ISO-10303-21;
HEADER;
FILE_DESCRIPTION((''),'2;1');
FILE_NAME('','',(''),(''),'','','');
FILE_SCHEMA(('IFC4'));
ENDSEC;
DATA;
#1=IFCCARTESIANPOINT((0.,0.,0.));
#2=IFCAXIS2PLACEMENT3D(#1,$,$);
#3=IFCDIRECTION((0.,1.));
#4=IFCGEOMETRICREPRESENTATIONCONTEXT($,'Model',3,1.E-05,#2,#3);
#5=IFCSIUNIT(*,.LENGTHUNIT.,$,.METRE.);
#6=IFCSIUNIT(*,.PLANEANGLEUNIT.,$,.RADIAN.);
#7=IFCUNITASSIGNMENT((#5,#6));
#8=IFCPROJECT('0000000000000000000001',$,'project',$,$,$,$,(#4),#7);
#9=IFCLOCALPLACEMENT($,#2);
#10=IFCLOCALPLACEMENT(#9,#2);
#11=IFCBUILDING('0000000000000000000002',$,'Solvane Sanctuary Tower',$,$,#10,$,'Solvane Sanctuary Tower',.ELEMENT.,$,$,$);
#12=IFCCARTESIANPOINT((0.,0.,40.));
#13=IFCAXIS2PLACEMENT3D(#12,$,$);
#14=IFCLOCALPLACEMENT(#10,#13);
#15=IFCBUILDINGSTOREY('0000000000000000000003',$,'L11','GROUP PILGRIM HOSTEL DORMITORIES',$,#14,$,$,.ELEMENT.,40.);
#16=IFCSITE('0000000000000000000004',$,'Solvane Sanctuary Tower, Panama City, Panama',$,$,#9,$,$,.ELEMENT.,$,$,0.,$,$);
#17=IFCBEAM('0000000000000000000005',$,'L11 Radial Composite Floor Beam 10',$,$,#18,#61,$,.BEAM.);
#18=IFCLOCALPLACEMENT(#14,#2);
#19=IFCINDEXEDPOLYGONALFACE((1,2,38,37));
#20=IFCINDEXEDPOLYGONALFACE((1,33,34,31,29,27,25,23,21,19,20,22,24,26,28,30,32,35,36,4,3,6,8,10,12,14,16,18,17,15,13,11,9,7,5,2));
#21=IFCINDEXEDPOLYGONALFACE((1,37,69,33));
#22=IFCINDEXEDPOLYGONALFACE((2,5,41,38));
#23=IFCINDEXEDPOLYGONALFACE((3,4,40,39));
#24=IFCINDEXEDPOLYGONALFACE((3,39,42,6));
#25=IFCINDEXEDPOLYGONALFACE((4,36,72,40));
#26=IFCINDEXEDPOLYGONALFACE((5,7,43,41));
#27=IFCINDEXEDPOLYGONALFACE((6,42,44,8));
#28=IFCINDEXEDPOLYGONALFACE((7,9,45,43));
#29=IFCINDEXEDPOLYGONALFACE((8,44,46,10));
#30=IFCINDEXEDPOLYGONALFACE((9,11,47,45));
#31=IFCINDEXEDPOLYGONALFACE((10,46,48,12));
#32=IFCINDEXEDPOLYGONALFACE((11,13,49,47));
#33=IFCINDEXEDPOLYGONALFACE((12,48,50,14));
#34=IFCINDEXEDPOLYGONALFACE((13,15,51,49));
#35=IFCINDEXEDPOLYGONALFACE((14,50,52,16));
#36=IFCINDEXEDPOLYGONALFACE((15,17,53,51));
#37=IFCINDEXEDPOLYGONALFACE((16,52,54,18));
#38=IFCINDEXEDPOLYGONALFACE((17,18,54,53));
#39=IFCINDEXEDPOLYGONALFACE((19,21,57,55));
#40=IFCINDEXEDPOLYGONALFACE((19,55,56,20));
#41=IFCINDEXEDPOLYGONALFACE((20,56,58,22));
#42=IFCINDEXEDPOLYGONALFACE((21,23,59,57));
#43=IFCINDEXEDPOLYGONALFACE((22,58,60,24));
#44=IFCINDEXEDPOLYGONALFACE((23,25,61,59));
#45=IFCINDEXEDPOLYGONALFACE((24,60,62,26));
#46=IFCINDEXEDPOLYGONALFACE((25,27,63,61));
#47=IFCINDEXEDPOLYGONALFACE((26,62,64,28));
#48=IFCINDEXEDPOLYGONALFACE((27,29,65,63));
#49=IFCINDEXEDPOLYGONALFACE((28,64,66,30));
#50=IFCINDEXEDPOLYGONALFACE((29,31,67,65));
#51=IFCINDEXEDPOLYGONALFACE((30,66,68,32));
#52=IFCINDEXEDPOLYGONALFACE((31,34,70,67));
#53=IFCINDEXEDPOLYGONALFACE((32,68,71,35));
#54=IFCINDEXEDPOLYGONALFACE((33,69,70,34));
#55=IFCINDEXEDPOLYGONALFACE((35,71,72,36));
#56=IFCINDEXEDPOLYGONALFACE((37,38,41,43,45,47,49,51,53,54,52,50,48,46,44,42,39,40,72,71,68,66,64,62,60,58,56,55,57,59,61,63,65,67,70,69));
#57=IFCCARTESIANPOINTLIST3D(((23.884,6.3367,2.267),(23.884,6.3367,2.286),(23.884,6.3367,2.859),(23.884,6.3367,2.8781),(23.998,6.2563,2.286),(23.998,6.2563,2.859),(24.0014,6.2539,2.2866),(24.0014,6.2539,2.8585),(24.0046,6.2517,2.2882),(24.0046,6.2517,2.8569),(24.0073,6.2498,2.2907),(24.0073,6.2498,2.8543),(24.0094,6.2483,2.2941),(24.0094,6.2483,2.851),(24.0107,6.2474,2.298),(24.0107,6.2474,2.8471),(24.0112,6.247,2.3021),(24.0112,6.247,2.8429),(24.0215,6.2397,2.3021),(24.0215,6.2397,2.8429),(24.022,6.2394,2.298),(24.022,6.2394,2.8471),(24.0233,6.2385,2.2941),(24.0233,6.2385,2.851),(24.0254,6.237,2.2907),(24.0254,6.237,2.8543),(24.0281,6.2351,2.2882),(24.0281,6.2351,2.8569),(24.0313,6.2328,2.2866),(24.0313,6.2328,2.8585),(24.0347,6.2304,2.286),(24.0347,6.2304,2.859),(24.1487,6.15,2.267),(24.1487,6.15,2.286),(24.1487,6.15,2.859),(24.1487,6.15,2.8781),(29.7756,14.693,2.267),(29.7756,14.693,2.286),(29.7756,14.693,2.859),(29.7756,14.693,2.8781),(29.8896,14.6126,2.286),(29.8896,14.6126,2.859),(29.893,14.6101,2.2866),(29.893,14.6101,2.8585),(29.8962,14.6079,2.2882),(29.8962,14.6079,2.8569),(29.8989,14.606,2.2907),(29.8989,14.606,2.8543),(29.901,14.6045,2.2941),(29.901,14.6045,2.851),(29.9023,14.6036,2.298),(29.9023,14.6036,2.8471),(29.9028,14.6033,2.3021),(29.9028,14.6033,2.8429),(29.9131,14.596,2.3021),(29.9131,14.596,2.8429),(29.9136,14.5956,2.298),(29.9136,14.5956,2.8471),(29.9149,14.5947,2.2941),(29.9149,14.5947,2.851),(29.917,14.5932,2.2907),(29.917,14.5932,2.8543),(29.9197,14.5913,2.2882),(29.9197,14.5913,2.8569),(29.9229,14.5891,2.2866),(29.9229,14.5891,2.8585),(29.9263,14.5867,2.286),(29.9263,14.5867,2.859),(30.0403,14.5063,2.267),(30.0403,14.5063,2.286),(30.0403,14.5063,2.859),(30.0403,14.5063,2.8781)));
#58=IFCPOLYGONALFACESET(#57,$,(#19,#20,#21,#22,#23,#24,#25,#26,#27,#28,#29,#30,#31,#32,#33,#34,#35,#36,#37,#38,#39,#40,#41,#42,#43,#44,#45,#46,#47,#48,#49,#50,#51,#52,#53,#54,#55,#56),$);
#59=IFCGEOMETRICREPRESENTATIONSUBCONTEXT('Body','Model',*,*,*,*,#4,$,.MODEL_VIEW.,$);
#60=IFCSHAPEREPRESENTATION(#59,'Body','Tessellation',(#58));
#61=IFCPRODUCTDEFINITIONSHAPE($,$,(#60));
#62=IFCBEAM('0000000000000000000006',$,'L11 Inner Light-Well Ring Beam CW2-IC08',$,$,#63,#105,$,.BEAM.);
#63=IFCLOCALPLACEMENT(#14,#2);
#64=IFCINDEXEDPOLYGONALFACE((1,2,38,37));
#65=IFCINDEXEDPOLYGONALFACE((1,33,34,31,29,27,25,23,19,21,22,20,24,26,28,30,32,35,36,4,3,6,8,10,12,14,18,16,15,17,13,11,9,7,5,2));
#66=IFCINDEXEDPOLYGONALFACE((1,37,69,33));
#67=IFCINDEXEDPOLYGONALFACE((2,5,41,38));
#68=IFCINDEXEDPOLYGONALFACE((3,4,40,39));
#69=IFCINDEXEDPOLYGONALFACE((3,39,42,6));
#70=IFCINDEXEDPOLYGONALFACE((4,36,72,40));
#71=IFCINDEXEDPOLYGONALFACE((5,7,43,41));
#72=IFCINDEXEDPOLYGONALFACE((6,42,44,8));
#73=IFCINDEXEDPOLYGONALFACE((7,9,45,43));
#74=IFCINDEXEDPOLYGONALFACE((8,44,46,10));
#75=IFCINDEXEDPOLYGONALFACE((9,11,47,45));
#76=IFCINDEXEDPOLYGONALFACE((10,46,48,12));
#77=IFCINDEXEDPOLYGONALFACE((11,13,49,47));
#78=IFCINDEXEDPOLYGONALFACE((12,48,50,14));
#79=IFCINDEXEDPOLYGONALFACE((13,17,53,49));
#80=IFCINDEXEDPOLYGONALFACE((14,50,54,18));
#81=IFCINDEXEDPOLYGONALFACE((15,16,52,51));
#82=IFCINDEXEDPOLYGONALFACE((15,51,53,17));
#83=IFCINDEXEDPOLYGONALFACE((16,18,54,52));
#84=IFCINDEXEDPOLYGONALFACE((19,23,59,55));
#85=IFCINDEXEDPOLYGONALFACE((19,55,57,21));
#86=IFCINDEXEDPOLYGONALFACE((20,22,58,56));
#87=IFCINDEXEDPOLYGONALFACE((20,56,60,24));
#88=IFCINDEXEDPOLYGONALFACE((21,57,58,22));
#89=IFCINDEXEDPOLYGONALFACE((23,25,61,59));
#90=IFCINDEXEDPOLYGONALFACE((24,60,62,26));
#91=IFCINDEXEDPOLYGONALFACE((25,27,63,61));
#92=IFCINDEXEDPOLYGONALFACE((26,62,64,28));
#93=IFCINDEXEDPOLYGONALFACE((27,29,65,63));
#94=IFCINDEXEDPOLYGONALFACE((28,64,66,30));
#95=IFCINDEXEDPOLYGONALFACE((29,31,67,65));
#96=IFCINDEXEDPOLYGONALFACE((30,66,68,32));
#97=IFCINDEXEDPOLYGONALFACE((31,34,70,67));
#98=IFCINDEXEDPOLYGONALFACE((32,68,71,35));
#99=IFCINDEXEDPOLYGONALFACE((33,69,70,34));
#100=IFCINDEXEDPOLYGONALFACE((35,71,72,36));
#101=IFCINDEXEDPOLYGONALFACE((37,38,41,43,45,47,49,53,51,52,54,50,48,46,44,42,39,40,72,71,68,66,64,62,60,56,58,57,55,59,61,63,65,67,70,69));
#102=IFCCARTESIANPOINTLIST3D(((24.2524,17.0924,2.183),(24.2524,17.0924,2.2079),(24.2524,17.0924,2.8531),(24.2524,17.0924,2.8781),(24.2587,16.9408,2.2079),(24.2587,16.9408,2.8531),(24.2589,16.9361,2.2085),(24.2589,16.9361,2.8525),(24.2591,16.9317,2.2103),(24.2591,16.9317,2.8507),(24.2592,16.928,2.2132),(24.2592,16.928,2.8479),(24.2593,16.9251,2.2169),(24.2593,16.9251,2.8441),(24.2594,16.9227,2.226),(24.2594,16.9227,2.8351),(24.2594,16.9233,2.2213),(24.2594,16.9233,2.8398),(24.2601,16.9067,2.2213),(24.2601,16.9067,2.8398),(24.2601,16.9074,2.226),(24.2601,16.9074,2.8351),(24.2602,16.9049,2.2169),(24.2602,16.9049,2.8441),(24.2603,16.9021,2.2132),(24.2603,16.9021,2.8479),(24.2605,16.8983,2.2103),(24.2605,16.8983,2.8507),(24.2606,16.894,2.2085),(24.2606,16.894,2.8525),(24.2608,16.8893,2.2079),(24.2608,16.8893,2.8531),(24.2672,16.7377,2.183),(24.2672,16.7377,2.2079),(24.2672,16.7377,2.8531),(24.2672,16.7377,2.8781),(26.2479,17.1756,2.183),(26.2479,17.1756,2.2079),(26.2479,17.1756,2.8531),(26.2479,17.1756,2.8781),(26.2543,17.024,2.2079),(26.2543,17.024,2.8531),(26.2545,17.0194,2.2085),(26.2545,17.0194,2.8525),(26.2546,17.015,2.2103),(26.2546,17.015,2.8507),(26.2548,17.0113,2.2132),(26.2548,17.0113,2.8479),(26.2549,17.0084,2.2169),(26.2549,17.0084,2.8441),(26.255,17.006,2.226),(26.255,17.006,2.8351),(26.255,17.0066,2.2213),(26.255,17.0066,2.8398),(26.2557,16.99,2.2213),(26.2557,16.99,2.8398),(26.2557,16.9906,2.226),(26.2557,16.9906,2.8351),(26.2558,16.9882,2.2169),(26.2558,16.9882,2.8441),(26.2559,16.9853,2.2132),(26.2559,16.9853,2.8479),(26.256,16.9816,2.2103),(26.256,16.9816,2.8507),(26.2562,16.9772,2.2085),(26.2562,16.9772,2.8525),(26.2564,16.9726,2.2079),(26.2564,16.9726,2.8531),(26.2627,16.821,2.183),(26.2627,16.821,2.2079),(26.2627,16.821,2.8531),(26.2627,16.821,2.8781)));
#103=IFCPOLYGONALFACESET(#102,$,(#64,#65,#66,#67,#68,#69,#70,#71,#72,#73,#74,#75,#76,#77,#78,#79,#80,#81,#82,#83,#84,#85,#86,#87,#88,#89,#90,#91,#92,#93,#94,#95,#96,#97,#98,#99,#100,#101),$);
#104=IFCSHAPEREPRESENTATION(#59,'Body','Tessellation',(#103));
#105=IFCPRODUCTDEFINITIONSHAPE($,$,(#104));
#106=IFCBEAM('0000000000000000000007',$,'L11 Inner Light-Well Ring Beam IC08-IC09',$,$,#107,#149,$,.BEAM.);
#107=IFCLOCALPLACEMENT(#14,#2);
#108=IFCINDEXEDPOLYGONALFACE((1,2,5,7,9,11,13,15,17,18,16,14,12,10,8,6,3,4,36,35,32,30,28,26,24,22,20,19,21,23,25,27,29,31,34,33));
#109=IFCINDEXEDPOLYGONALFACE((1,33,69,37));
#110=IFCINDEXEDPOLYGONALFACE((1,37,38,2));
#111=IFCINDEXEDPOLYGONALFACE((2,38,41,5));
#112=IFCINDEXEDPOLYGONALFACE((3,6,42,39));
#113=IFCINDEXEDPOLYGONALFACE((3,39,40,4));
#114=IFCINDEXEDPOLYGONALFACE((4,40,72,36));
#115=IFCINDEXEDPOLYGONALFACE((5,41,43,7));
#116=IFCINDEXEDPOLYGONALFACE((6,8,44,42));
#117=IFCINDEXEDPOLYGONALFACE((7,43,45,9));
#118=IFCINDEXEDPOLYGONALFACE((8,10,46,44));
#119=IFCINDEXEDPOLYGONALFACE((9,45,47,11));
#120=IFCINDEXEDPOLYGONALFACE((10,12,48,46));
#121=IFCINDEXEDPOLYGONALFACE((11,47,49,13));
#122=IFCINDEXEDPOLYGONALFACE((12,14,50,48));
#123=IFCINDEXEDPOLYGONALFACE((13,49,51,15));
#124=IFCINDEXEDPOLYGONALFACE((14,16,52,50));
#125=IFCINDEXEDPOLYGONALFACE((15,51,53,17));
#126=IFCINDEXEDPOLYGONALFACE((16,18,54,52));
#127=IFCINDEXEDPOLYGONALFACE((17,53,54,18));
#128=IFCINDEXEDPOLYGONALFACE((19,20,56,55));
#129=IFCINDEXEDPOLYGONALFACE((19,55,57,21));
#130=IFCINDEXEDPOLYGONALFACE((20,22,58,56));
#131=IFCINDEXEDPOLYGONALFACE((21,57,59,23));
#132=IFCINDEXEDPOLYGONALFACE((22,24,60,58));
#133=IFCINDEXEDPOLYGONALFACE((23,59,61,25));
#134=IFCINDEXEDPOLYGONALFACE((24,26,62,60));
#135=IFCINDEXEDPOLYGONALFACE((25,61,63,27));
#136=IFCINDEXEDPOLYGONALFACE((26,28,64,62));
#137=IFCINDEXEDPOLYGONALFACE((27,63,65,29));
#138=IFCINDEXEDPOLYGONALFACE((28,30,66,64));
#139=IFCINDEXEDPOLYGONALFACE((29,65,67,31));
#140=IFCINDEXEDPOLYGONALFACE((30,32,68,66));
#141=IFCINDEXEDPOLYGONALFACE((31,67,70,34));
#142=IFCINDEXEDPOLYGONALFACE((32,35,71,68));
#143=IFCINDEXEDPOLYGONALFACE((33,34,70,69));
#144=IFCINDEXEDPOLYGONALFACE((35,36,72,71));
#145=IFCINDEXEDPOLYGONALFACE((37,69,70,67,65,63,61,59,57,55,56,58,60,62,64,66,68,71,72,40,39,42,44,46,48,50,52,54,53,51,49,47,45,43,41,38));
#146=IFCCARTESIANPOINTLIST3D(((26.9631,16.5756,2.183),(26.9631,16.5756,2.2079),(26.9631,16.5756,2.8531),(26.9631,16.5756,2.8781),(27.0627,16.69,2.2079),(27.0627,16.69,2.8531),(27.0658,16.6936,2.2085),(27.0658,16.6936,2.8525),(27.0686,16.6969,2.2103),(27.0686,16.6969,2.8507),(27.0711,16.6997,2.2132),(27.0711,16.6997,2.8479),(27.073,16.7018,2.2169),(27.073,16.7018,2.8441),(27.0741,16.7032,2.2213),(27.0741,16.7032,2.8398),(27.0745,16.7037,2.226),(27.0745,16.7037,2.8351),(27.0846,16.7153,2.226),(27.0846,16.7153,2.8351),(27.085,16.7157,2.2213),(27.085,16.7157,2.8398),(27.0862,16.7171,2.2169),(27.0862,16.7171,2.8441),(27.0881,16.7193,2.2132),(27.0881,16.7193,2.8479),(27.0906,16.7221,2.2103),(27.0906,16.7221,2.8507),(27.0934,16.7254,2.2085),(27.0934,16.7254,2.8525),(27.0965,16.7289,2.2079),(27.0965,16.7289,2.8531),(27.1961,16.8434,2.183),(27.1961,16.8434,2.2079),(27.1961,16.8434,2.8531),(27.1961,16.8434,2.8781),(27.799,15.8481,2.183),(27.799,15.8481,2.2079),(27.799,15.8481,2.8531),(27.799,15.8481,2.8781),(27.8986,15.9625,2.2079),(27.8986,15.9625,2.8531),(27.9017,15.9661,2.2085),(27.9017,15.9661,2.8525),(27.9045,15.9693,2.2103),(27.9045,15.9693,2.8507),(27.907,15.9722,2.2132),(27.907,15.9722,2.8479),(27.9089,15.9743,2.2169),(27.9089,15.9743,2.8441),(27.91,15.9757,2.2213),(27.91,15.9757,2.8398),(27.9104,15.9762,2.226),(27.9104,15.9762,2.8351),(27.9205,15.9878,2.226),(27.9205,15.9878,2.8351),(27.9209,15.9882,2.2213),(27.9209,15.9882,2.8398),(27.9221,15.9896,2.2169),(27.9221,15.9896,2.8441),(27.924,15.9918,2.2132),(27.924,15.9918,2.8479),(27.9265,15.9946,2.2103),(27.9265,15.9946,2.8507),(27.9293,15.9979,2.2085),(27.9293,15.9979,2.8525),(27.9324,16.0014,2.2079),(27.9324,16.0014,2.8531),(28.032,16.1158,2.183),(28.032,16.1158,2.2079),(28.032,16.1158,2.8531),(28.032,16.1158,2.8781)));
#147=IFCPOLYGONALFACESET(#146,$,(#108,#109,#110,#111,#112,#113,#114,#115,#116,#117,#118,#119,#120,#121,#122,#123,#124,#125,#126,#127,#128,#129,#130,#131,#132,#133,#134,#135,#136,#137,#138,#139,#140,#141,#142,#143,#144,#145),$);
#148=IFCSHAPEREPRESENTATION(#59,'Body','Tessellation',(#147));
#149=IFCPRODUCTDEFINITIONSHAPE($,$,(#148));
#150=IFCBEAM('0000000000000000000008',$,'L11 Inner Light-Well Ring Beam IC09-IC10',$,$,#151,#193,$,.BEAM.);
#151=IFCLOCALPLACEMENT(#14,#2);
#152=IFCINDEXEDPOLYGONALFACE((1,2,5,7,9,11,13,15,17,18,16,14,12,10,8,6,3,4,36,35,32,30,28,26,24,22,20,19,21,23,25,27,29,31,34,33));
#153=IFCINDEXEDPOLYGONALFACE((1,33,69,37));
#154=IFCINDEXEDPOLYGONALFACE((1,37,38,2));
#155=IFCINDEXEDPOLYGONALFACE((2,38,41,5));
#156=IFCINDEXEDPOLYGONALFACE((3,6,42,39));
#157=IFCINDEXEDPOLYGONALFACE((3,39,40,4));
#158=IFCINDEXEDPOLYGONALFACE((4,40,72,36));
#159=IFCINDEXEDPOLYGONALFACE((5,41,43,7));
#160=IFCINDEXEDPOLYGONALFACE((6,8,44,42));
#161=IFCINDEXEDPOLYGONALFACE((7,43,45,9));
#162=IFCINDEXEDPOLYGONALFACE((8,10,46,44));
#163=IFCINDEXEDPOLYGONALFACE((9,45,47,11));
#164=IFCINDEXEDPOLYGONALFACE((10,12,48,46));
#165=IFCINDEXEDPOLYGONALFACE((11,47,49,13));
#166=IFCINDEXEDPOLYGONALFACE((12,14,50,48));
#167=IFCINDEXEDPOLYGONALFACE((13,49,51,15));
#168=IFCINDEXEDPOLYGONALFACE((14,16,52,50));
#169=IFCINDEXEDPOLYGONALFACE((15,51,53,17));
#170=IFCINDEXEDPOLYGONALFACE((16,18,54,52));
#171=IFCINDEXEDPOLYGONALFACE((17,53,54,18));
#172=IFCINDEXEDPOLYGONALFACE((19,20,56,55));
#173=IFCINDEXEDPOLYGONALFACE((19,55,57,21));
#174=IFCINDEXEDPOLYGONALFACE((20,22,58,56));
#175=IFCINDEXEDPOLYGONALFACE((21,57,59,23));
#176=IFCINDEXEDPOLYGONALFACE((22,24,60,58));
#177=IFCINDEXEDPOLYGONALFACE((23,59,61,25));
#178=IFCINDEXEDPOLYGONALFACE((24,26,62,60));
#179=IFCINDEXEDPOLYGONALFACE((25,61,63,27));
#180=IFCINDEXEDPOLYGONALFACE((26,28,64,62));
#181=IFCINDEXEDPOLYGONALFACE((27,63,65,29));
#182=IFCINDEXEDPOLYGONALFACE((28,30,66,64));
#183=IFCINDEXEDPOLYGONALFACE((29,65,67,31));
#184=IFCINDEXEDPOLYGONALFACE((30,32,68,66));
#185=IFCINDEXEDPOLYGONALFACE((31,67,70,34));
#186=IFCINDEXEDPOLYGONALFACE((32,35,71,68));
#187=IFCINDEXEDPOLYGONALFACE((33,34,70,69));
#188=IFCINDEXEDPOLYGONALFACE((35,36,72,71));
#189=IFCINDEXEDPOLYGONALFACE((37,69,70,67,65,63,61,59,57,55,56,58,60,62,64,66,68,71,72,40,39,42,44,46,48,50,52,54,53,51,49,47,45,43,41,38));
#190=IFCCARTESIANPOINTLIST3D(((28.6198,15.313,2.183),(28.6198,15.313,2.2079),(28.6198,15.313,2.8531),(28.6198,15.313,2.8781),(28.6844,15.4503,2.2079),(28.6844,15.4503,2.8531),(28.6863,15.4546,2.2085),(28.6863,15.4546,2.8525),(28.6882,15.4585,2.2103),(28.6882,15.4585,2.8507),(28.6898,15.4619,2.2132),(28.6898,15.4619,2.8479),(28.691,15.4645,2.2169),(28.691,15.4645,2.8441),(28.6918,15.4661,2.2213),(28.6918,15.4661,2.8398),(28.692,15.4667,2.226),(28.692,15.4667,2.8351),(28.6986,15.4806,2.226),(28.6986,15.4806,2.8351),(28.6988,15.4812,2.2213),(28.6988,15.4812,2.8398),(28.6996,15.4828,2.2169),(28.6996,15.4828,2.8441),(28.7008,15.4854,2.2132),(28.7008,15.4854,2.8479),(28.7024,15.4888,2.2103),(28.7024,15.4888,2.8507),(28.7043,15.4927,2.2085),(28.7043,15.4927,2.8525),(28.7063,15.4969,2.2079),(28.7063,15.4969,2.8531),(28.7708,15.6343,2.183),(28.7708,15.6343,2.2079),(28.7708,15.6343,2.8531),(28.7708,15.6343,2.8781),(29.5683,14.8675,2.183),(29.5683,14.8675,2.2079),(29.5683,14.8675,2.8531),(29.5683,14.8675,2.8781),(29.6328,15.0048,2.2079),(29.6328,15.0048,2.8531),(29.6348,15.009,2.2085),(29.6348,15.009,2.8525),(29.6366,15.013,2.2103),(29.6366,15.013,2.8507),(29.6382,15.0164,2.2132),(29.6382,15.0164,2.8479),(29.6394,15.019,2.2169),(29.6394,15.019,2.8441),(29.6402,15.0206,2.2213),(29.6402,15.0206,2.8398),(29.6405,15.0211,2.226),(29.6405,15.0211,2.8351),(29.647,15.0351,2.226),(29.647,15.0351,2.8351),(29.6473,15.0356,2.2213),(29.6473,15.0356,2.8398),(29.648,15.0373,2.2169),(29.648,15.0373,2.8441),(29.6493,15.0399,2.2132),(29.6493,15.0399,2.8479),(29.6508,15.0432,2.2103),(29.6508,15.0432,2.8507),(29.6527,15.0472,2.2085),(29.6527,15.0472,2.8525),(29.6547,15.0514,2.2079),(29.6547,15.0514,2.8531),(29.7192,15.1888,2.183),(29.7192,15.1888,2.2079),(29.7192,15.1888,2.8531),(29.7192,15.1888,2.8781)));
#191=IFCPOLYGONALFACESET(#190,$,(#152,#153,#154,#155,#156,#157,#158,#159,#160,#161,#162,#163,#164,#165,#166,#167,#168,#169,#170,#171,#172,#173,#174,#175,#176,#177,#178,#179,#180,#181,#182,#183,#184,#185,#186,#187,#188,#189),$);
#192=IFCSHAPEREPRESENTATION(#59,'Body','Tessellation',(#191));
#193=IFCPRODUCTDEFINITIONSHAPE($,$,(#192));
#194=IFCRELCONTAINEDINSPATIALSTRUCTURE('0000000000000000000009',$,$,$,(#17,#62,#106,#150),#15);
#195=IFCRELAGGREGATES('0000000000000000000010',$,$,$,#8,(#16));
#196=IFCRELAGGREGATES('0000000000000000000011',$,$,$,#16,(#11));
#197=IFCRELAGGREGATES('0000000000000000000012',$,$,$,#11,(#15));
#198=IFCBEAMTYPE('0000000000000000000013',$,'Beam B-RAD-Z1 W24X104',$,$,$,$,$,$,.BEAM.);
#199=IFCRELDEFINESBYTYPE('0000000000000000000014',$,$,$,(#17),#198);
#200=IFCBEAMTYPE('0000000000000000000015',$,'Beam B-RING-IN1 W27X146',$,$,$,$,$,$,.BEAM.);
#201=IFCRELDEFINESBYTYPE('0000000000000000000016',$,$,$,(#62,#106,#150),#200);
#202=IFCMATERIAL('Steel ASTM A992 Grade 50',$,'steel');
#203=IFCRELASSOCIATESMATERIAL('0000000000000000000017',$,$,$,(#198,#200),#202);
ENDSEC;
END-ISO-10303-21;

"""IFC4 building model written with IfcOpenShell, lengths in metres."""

from ifc_helpers import new_model, si_unit, direction, frame, origin, origin_2d, place, context, subcontext, project, spatial, i_section, extrude, material, material_profile, profile_set, type_object, element, save


model = new_model("IFC4")

# Units and contexts
model_context = context("Model", 3, precision=1e-05, world=origin(), true_north=direction((0.0, 1.0)))
body_context = subcontext(model_context, "Body", "Model", "MODEL_VIEW")
ifc_project = project(units=[si_unit("LENGTHUNIT", "METRE"), si_unit("PLANEANGLEUNIT", "RADIAN")], contexts=[model_context])

# Site, building, storey
site_placement = place(None, origin())
site = spatial("IfcSite", under=ifc_project, at=site_placement, Name="Solvane Sanctuary Tower, Panama City, Panama", CompositionType="ELEMENT", RefElevation=0.0)
building_placement = place(site_placement, origin())
building = spatial("IfcBuilding", under=site, at=building_placement, Name="Solvane Sanctuary Tower", LongName="Solvane Sanctuary Tower", CompositionType="ELEMENT")
storey_placement = place(building_placement, frame((0.0, 0.0, 40.0)))
storey = spatial("IfcBuildingStorey", under=building, at=storey_placement, Name="L11", Description="GROUP PILGRIM HOSTEL DORMITORIES", CompositionType="ELEMENT", Elevation=40.0)

# Beams
ifc_material_1 = material(Name="Steel ASTM A992 Grade 50", Category="steel")
ifc_material_profile_1 = material_profile(ifc_material_1, i_section(OverallWidth=0.324, OverallDepth=0.6111, WebThickness=0.0127, FlangeThickness=0.019, FilletRadius=0.0161, at=origin_2d()), Name="W24X104")
ifc_profile_set_1 = profile_set([ifc_material_profile_1], Name="Steel ASTM A992 Grade 50")
beam_type_1 = type_object("IfcBeamType", Name="Beam B-RAD-Z1 W24X104", PredefinedType="BEAM", material=ifc_profile_set_1)
beam_1_placement = place(storey_placement, frame((29.908, 14.5996, 2.5725), z_axis=(-0.576233, -0.817285, 0.0), x_axis=(0.817285, -0.576233, 0.0)))
element("IfcBeam", 1, at=beam_1_placement, inside=storey, type_object=beam_type_1, Name="L11 Radial Composite Floor Beam 10", PredefinedType="BEAM", context=body_context, shape_type="SweptSolid", body=[
    extrude(i_section(OverallWidth=0.324, OverallDepth=0.6111, WebThickness=0.0127, FlangeThickness=0.019, FilletRadius=0.0161, at=origin_2d()), origin(), (0.0, 0.0, 1.0), 10.2244),
])
ifc_material_profile_2 = material_profile(ifc_material_1, i_section(OverallWidth=0.355, OverallDepth=0.6951, WebThickness=0.0154, FlangeThickness=0.0249, FilletRadius=0.0181, at=origin_2d()), Name="W27X146")
ifc_profile_set_2 = profile_set([ifc_material_profile_2], Name="Steel ASTM A992 Grade 50")
beam_type_2 = type_object("IfcBeamType", Name="Beam B-RING-IN1 W27X146", PredefinedType="BEAM", material=ifc_profile_set_2)
beam_2_placement = place(storey_placement, frame((24.2598, 16.915, 2.5305), z_axis=(0.999131, 0.041681, 0.0), x_axis=(-0.041681, 0.999131, 0.0)))
element("IfcBeam", 2, at=beam_2_placement, inside=storey, type_object=beam_type_2, Name="L11 Inner Light-Well Ring Beam CW2-IC08", PredefinedType="BEAM", context=body_context, shape_type="SweptSolid", body=[
    extrude(i_section(OverallWidth=0.355, OverallDepth=0.6951, WebThickness=0.0154, FlangeThickness=0.0249, FilletRadius=0.0181, at=origin_2d()), origin(), (0.0, 0.0, 1.0), 1.9973),
])
beam_3_placement = place(storey_placement, frame((27.0796, 16.7095, 2.5305), z_axis=(0.754321, -0.656506, 0.0), x_axis=(0.656506, 0.754321, 0.0)))
element("IfcBeam", 3, at=beam_3_placement, inside=storey, type_object=beam_type_2, Name="L11 Inner Light-Well Ring Beam IC08-IC09", PredefinedType="BEAM", context=body_context, shape_type="SweptSolid", body=[
    extrude(i_section(OverallWidth=0.355, OverallDepth=0.6951, WebThickness=0.0154, FlangeThickness=0.0249, FilletRadius=0.0181, at=origin_2d()), origin(), (0.0, 0.0, 1.0), 1.1082),
])
beam_4_placement = place(storey_placement, frame((28.6953, 15.4736, 2.5305), z_axis=(0.905109, -0.42518, 0.0), x_axis=(0.42518, 0.905109, 0.0)))
element("IfcBeam", 4, at=beam_4_placement, inside=storey, type_object=beam_type_2, Name="L11 Inner Light-Well Ring Beam IC09-IC10", PredefinedType="BEAM", context=body_context, shape_type="SweptSolid", body=[
    extrude(i_section(OverallWidth=0.355, OverallDepth=0.6951, WebThickness=0.0154, FlangeThickness=0.0249, FilletRadius=0.0181, at=origin_2d()), origin(), (0.0, 0.0, 1.0), 1.0479),
])

save(model, "model.ifc")
